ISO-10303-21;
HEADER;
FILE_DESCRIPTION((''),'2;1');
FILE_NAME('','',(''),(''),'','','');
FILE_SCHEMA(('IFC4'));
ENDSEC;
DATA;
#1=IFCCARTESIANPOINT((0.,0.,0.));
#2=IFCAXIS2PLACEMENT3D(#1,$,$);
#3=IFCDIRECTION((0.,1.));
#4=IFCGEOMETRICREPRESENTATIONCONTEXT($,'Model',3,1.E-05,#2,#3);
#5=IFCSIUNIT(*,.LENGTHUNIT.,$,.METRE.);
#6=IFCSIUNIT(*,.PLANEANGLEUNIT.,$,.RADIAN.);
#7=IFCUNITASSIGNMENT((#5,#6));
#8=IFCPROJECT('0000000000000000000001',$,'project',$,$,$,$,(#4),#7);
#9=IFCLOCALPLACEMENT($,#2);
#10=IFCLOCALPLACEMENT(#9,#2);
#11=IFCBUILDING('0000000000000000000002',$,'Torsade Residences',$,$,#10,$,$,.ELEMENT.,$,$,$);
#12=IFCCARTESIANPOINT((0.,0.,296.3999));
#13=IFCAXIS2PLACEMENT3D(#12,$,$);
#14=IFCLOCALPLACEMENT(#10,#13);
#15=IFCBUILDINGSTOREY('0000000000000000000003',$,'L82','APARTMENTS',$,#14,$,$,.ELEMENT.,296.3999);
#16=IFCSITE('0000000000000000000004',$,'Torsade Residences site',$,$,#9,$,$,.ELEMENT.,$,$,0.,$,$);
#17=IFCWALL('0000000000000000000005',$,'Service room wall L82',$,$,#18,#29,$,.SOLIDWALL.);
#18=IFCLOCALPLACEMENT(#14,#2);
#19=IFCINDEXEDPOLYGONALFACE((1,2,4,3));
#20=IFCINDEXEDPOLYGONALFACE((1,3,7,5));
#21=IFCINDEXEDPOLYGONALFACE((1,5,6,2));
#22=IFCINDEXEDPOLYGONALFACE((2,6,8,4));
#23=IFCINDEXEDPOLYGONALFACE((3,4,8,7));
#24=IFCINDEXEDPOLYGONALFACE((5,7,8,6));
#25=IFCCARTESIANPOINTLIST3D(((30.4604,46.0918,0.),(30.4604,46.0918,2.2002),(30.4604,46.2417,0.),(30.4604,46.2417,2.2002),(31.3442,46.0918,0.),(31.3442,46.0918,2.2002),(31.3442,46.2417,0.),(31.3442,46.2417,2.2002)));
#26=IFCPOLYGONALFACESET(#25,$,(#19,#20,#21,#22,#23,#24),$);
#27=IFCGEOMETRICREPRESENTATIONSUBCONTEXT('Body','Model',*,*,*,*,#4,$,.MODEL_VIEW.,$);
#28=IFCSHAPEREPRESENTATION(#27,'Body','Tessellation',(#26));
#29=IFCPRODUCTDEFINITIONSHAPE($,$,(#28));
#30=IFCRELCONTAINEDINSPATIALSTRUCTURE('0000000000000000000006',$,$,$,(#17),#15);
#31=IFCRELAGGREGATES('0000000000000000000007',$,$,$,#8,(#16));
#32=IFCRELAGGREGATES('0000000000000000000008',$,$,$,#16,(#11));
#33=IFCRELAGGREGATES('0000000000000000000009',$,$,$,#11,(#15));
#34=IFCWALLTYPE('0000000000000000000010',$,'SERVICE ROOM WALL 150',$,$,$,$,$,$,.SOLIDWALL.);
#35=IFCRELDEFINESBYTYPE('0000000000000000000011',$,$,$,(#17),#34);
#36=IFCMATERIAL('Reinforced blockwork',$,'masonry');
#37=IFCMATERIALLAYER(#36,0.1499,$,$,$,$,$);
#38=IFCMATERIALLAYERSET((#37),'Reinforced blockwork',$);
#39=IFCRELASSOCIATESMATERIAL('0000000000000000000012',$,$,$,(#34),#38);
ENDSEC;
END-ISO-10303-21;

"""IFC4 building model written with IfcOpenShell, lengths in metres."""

from ifc_helpers import new_model, si_unit, direction, frame, frame_2d, origin, place, context, subcontext, project, spatial, rectangle, extrude, material, layer, layer_set, type_object, element, save


model = new_model("IFC4")

# Units and contexts
model_context = context("Model", 3, precision=1e-05, world=origin(), true_north=direction((0.0, 1.0)))
body_context = subcontext(model_context, "Body", "Model", "MODEL_VIEW")
ifc_project = project(units=[si_unit("LENGTHUNIT", "METRE"), si_unit("PLANEANGLEUNIT", "RADIAN")], contexts=[model_context])

# Site, building, storey
site_placement = place(None, origin())
site = spatial("IfcSite", under=ifc_project, at=site_placement, Name="Torsade Residences site", CompositionType="ELEMENT", RefElevation=0.0)
building_placement = place(site_placement, origin())
building = spatial("IfcBuilding", under=site, at=building_placement, Name="Torsade Residences", CompositionType="ELEMENT")
storey_placement = place(building_placement, frame((0.0, 0.0, 296.3999)))
storey = spatial("IfcBuildingStorey", under=building, at=storey_placement, Name="L82", Description="APARTMENTS", CompositionType="ELEMENT", Elevation=296.3999)

# Shared definitions
ifc_material_1 = material(Name="Reinforced blockwork", Category="masonry")
ifc_layer_1 = layer(ifc_material_1, 0.1499)
ifc_layer_set_1 = layer_set([ifc_layer_1], Name="Reinforced blockwork")
wall_type_1 = type_object("IfcWallType", Name="SERVICE ROOM WALL 150", PredefinedType="SOLIDWALL", material=ifc_layer_set_1)

# Wall
wall_1_placement = place(storey_placement, frame((30.4604, 46.1667, 0.0), z_axis=(0.0, 0.0, 1.0), x_axis=(1.0, 0.0, 0.0)))
element("IfcWall", 1, at=wall_1_placement, inside=storey, type_object=wall_type_1, Name="Service room wall L82", PredefinedType="SOLIDWALL", context=body_context, shape_type="SweptSolid", body=[
    extrude(rectangle(XDim=0.8838, YDim=0.1499, at=frame_2d((0.4419, 0.0))), origin(), (0.0, 0.0, 1.0), 2.2002),
])

save(model, "model.ifc")
